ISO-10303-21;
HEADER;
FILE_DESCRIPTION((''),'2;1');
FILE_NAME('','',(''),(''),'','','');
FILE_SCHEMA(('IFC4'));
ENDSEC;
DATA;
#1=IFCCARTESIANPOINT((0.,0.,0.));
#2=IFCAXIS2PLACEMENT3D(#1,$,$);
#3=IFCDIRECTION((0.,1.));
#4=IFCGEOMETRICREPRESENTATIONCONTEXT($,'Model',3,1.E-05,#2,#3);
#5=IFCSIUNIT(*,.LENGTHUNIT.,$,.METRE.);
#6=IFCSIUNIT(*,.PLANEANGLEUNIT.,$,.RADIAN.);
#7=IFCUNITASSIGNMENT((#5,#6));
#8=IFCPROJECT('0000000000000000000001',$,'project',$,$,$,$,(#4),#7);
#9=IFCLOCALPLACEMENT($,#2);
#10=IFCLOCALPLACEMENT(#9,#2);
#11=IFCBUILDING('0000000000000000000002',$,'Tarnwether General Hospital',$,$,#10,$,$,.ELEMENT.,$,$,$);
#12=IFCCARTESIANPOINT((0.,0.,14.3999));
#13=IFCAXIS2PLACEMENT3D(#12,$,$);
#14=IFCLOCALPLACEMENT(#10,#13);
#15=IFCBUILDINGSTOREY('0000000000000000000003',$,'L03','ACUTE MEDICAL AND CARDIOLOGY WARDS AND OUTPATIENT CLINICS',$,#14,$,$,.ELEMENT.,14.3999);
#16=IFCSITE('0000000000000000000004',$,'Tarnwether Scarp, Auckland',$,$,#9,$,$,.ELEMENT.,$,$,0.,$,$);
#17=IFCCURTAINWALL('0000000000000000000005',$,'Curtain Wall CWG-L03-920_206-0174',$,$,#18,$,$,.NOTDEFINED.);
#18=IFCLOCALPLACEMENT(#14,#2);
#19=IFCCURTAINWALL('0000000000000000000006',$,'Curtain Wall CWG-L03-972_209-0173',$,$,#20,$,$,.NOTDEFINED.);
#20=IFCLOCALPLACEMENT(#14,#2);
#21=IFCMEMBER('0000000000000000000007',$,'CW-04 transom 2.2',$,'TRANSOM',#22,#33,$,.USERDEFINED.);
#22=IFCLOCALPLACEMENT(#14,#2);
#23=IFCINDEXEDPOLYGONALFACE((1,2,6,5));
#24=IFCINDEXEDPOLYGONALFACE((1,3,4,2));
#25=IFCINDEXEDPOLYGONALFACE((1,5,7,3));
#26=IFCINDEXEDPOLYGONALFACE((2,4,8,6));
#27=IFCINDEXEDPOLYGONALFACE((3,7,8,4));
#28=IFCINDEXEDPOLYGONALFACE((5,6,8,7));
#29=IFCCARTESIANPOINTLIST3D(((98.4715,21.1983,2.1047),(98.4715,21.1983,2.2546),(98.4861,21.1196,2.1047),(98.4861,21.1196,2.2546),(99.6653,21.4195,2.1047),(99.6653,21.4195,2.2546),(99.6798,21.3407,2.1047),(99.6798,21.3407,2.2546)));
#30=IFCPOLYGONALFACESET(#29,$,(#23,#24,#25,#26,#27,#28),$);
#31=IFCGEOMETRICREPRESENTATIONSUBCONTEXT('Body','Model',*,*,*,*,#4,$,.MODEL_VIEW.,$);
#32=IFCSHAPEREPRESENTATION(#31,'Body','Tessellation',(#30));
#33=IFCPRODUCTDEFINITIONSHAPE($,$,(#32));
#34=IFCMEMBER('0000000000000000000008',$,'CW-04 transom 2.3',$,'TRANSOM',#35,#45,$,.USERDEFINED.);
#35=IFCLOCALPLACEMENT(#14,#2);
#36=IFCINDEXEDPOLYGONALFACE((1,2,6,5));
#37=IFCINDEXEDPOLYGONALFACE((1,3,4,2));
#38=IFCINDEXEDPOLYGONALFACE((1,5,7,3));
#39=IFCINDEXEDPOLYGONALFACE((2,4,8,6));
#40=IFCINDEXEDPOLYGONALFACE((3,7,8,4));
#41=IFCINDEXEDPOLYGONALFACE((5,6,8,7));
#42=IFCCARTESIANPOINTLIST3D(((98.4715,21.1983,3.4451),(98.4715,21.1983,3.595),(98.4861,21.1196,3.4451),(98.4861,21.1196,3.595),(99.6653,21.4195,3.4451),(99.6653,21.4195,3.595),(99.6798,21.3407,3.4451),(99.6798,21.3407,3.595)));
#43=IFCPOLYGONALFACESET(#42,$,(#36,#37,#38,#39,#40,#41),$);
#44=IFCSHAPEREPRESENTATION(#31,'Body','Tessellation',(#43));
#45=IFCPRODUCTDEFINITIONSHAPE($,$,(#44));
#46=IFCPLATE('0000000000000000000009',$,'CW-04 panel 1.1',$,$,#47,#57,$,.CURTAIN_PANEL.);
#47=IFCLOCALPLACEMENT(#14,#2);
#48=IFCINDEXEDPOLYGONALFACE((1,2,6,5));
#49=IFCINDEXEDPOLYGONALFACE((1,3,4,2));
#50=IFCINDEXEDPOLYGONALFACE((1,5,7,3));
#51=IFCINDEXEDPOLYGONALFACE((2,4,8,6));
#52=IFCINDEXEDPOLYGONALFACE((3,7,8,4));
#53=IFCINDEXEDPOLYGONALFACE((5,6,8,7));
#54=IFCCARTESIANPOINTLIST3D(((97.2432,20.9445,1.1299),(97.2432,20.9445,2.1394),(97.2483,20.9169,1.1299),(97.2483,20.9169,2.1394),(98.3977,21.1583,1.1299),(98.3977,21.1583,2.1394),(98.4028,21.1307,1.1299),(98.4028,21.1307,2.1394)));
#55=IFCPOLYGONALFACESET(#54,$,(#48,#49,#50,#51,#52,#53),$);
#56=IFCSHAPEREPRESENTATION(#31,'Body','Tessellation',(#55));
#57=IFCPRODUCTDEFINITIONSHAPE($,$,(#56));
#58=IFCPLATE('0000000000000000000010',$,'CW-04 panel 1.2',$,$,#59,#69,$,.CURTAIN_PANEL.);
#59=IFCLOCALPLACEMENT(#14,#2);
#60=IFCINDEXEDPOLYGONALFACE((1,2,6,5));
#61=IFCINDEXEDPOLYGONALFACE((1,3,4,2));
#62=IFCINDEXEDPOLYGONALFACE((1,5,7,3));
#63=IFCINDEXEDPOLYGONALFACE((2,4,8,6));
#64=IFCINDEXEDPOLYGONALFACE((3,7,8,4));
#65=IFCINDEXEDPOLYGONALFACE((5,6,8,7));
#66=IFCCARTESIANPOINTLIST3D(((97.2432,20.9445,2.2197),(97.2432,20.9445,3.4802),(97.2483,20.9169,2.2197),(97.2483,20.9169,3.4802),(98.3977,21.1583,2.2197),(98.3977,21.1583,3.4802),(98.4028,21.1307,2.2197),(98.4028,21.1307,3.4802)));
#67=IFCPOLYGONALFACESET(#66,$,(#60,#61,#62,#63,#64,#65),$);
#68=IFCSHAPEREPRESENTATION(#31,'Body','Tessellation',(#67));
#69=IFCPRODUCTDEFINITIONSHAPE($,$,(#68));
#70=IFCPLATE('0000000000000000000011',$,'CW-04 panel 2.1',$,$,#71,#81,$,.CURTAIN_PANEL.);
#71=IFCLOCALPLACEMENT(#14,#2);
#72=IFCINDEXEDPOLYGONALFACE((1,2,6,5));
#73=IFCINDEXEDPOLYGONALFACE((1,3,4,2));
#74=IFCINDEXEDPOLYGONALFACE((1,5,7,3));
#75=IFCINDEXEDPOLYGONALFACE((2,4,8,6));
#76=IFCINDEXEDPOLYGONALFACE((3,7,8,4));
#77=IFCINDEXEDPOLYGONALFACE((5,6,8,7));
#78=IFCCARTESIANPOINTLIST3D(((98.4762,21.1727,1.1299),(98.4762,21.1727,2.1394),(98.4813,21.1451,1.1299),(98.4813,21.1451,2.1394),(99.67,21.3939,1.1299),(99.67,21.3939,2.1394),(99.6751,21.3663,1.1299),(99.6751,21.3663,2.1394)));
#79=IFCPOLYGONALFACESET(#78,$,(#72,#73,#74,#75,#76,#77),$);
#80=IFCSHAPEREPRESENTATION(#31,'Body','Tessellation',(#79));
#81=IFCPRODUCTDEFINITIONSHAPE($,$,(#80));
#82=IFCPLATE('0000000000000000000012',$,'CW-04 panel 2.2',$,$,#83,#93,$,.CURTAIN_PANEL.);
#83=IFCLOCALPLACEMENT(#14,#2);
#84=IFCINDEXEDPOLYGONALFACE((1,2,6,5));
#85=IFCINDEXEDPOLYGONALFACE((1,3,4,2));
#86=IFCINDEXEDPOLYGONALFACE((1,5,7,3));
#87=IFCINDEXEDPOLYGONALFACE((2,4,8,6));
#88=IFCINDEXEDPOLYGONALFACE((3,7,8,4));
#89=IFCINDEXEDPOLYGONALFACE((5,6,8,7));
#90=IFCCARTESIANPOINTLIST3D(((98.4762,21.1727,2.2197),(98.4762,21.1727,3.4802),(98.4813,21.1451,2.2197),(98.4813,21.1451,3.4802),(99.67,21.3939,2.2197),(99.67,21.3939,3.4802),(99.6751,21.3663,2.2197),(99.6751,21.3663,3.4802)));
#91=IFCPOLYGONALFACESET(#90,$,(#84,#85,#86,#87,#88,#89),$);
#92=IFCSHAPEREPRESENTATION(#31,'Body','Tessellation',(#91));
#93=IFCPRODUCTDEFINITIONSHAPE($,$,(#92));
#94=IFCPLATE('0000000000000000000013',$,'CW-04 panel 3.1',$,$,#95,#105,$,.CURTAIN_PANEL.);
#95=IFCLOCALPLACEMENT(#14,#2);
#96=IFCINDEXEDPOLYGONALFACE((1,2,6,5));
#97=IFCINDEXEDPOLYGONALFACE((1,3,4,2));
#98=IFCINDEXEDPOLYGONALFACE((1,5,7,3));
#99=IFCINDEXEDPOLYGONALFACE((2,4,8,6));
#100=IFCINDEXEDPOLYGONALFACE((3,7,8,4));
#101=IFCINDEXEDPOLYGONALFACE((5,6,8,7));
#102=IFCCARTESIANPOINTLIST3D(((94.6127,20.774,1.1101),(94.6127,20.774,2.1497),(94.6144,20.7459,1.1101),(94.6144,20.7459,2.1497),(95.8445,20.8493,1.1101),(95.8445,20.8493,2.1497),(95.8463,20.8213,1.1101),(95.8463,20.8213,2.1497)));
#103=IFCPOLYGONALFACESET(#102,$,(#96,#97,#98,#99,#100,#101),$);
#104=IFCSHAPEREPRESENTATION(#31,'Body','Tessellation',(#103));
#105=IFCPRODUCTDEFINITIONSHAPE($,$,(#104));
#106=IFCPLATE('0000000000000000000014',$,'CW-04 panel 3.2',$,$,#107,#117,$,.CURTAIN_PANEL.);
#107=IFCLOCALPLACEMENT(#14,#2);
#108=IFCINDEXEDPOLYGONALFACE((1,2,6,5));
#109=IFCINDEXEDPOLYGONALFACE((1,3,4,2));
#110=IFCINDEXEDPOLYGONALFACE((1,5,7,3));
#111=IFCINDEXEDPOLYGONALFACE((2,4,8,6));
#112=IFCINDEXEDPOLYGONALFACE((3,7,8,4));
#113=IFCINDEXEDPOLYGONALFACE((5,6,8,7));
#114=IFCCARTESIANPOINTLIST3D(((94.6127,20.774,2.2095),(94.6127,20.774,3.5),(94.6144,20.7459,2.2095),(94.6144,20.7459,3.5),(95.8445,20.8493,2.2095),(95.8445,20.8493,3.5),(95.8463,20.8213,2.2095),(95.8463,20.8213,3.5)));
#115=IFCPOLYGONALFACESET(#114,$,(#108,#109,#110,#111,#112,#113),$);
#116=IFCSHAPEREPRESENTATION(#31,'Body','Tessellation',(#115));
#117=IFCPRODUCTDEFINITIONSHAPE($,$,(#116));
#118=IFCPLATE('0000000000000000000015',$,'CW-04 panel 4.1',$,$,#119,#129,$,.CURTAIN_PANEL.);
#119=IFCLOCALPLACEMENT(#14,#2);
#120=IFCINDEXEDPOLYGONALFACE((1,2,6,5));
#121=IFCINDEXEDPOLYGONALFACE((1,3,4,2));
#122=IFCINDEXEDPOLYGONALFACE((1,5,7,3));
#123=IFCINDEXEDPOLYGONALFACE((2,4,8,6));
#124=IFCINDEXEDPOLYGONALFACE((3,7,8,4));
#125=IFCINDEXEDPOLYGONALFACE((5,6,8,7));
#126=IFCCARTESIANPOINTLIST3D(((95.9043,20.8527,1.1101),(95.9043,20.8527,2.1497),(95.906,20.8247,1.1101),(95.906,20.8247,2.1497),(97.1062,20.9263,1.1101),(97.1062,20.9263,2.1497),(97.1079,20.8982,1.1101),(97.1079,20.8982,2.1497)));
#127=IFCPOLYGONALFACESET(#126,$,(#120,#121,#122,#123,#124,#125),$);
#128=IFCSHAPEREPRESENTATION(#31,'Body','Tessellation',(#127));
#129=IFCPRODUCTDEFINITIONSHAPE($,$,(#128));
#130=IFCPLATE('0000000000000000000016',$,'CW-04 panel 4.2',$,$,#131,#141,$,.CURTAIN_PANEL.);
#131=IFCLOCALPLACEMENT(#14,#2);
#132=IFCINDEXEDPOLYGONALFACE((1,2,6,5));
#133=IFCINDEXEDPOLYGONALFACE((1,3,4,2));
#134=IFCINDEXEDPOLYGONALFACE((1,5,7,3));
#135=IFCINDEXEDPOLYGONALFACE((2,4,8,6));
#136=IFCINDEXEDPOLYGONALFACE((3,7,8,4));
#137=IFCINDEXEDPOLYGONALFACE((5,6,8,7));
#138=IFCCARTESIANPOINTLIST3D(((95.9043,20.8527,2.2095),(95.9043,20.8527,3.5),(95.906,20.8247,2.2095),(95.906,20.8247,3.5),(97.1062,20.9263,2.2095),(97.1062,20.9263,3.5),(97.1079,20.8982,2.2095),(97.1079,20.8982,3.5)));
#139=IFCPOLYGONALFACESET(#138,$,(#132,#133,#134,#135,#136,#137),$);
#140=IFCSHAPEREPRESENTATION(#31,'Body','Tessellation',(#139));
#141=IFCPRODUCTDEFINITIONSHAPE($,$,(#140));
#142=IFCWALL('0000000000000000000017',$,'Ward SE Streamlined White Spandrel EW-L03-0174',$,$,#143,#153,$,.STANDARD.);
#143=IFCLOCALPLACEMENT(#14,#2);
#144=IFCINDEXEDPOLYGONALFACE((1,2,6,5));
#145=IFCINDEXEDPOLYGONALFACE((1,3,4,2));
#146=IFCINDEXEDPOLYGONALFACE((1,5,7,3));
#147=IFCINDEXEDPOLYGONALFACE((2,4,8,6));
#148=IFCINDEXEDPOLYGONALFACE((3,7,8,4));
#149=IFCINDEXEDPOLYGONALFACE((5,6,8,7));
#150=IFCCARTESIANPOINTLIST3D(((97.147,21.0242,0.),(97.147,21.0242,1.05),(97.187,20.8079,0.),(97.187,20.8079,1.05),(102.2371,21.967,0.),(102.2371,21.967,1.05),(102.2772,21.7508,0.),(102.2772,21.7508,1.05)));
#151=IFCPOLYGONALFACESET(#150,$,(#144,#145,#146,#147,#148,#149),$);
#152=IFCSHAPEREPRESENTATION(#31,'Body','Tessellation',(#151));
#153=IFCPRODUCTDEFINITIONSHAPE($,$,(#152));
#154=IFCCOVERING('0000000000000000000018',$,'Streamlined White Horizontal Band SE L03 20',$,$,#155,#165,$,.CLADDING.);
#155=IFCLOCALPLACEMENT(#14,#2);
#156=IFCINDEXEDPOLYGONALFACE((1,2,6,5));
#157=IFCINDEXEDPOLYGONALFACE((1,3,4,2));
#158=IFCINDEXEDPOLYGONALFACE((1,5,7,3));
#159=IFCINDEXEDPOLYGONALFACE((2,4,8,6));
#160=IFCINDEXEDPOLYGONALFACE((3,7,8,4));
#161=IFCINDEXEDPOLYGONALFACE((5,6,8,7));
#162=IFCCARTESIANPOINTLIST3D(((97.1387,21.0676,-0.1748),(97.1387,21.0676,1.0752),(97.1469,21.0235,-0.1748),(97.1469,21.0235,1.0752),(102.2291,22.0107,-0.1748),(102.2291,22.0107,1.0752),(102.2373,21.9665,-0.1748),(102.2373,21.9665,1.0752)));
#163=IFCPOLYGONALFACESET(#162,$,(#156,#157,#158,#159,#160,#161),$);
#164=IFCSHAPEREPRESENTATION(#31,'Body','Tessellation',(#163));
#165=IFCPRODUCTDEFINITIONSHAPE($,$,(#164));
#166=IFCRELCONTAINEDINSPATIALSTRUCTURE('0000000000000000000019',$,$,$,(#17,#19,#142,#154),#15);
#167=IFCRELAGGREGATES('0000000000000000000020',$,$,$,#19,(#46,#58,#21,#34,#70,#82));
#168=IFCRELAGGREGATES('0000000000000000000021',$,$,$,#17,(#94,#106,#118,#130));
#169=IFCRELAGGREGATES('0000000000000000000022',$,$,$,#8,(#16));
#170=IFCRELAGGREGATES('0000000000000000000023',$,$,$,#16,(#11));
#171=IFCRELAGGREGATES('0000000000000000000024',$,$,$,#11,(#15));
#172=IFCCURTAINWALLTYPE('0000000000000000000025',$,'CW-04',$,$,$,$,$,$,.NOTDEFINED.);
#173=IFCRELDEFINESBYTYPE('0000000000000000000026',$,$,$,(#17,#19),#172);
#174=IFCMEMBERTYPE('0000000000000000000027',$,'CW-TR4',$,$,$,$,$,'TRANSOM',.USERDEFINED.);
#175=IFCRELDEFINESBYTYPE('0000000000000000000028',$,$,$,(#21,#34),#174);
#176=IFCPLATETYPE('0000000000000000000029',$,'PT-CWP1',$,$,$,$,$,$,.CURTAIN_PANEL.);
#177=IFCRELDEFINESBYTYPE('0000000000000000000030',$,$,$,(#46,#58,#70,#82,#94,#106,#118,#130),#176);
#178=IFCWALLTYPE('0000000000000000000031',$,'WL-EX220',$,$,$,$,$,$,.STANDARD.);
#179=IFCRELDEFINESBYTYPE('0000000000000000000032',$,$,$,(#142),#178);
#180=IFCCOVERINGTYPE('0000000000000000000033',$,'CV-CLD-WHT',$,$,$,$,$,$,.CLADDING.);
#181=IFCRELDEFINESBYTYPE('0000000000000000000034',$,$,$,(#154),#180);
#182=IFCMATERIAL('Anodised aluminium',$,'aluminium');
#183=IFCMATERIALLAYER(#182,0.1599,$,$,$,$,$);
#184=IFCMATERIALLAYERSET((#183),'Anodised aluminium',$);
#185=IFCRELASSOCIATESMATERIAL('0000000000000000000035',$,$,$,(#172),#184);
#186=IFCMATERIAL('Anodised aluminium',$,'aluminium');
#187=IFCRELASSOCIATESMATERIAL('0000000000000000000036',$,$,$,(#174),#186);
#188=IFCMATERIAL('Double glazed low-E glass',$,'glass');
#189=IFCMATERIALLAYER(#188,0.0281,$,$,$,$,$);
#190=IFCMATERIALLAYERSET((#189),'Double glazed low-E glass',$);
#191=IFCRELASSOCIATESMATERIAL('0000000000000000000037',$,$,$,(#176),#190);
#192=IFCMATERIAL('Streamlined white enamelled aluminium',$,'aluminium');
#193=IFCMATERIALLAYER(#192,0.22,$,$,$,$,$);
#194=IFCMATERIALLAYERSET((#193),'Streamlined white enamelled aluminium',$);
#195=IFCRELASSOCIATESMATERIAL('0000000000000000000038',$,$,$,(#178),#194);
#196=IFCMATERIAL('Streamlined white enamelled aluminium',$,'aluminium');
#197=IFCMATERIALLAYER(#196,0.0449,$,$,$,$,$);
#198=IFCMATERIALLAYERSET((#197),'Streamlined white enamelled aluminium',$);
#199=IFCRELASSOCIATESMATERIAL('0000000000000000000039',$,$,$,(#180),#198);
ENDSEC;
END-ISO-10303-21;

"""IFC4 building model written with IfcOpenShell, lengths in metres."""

from ifc_helpers import new_model, si_unit, direction, frame, frame_2d, origin, origin_2d, place, context, subcontext, project, spatial, rectangle, extrude, material, layer, layer_set, material_profile, profile_set, type_object, element, aggregate, save


model = new_model("IFC4")

# Units and contexts
model_context = context("Model", 3, precision=1e-05, world=origin(), true_north=direction((0.0, 1.0)))
body_context = subcontext(model_context, "Body", "Model", "MODEL_VIEW")
ifc_project = project(units=[si_unit("LENGTHUNIT", "METRE"), si_unit("PLANEANGLEUNIT", "RADIAN")], contexts=[model_context])

# Site, building, storey
site_placement = place(None, origin())
site = spatial("IfcSite", under=ifc_project, at=site_placement, Name="Tarnwether Scarp, Auckland", CompositionType="ELEMENT", RefElevation=0.0)
building_placement = place(site_placement, origin())
building = spatial("IfcBuilding", under=site, at=building_placement, Name="Tarnwether General Hospital", CompositionType="ELEMENT")
storey_placement = place(building_placement, frame((0.0, 0.0, 14.3999)))
storey = spatial("IfcBuildingStorey", under=building, at=storey_placement, Name="L03", Description="ACUTE MEDICAL AND CARDIOLOGY WARDS AND OUTPATIENT CLINICS", CompositionType="ELEMENT", Elevation=14.3999)

# Curtain walls
ifc_material_1 = material(Name="Anodised aluminium", Category="aluminium")
ifc_layer_1 = layer(ifc_material_1, 0.1599)
ifc_layer_set_1 = layer_set([ifc_layer_1], Name="Anodised aluminium")
curtain_wall_type = type_object("IfcCurtainWallType", Name="CW-04", PredefinedType="NOTDEFINED", material=ifc_layer_set_1)
curtain_wall_1_placement = place(storey_placement, origin())
curtain_wall_1 = element("IfcCurtainWall", 1, at=curtain_wall_1_placement, inside=storey, type_object=curtain_wall_type, Name="Curtain Wall CWG-L03-920_206-0174", PredefinedType="NOTDEFINED")
curtain_wall_2_placement = place(storey_placement, origin())
curtain_wall_2 = element("IfcCurtainWall", 2, at=curtain_wall_2_placement, inside=storey, type_object=curtain_wall_type, Name="Curtain Wall CWG-L03-972_209-0173", PredefinedType="NOTDEFINED")

# Members
ifc_material_2 = material(Name="Anodised aluminium", Category="aluminium")
ifc_material_profile_1 = material_profile(ifc_material_2, rectangle(XDim=0.0801, YDim=0.1499, at=origin_2d()), Name="ALU-TRN-80x150")
ifc_profile_set_1 = profile_set([ifc_material_profile_1], Name="Anodised aluminium")
member_type_1 = type_object("IfcMemberType", Name="CW-TR4", ElementType="TRANSOM", PredefinedType="USERDEFINED", material=ifc_profile_set_1)
member_1_placement = place(storey_placement, frame((98.4788, 21.1589, 2.1797), z_axis=(0.983266, 0.182176, 0.0), x_axis=(-0.182176, 0.983266, 0.0)))
member_1 = element("IfcMember", 3, at=member_1_placement, type_object=member_type_1, Name="CW-04 transom 2.2", ObjectType="TRANSOM", PredefinedType="USERDEFINED", context=body_context, shape_type="SweptSolid", body=[
    extrude(rectangle(XDim=0.0801, YDim=0.1499, at=origin_2d()), origin(), (0.0, 0.0, 1.0), 1.2141),
])
member_2_placement = place(storey_placement, frame((98.4788, 21.1589, 3.52), z_axis=(0.983266, 0.182176, 0.0), x_axis=(-0.182176, 0.983266, 0.0)))
member_2 = element("IfcMember", 4, at=member_2_placement, type_object=member_type_1, Name="CW-04 transom 2.3", ObjectType="TRANSOM", PredefinedType="USERDEFINED", context=body_context, shape_type="SweptSolid", body=[
    extrude(rectangle(XDim=0.0801, YDim=0.1499, at=origin_2d()), origin(), (0.0, 0.0, 1.0), 1.2141),
])

# Plates
ifc_material_3 = material(Name="Double glazed low-E glass", Category="glass")
ifc_layer_2 = layer(ifc_material_3, 0.0281)
ifc_layer_set_2 = layer_set([ifc_layer_2], Name="Double glazed low-E glass")
plate_type = type_object("IfcPlateType", Name="PT-CWP1", PredefinedType="CURTAIN_PANEL", material=ifc_layer_set_2)
plate_1_placement = place(storey_placement, frame((97.823, 21.0376, 1.1299), z_axis=(0.0, 0.0, 1.0), x_axis=(0.983268, 0.182165, 0.0)))
plate_1 = element("IfcPlate", 5, at=plate_1_placement, type_object=plate_type, Name="CW-04 panel 1.1", PredefinedType="CURTAIN_PANEL", context=body_context, shape_type="SweptSolid", body=[
    extrude(rectangle(XDim=1.1741, YDim=0.0281, at=origin_2d()), origin(), (0.0, 0.0, 1.0), 1.0095),
])
plate_2_placement = place(storey_placement, frame((97.823, 21.0376, 2.2197), z_axis=(0.0, 0.0, 1.0), x_axis=(0.983268, 0.182165, 0.0)))
plate_2 = element("IfcPlate", 6, at=plate_2_placement, type_object=plate_type, Name="CW-04 panel 1.2", PredefinedType="CURTAIN_PANEL", context=body_context, shape_type="SweptSolid", body=[
    extrude(rectangle(XDim=1.1741, YDim=0.0281, at=origin_2d()), origin(), (0.0, 0.0, 1.0), 1.2605),
])
plate_3_placement = place(storey_placement, frame((99.0757, 21.2695, 1.1299), z_axis=(0.0, 0.0, 1.0), x_axis=(0.983268, 0.182165, 0.0)))
plate_3 = element("IfcPlate", 7, at=plate_3_placement, type_object=plate_type, Name="CW-04 panel 2.1", PredefinedType="CURTAIN_PANEL", context=body_context, shape_type="SweptSolid", body=[
    extrude(rectangle(XDim=1.2141, YDim=0.0281, at=origin_2d()), origin(), (0.0, 0.0, 1.0), 1.0095),
])
plate_4_placement = place(storey_placement, frame((99.0757, 21.2695, 2.2197), z_axis=(0.0, 0.0, 1.0), x_axis=(0.983268, 0.182165, 0.0)))
plate_4 = element("IfcPlate", 8, at=plate_4_placement, type_object=plate_type, Name="CW-04 panel 2.2", PredefinedType="CURTAIN_PANEL", context=body_context, shape_type="SweptSolid", body=[
    extrude(rectangle(XDim=1.2141, YDim=0.0281, at=origin_2d()), origin(), (0.0, 0.0, 1.0), 1.2605),
])
aggregate(curtain_wall_2, [plate_1, plate_2, member_1, member_2, plate_3, plate_4])
plate_5_placement = place(storey_placement, frame((95.2295, 20.7976, 1.1101), z_axis=(0.0, 0.0, 1.0), x_axis=(0.998135, 0.061043, 0.0)))
plate_5 = element("IfcPlate", 9, at=plate_5_placement, type_object=plate_type, Name="CW-04 panel 3.1", PredefinedType="CURTAIN_PANEL", context=body_context, shape_type="SweptSolid", body=[
    extrude(rectangle(XDim=1.2341, YDim=0.0281, at=origin_2d()), origin(), (0.0, 0.0, 1.0), 1.0396),
])
plate_6_placement = place(storey_placement, frame((95.2295, 20.7976, 2.2095), z_axis=(0.0, 0.0, 1.0), x_axis=(0.998135, 0.061043, 0.0)))
plate_6 = element("IfcPlate", 10, at=plate_6_placement, type_object=plate_type, Name="CW-04 panel 3.2", PredefinedType="CURTAIN_PANEL", context=body_context, shape_type="SweptSolid", body=[
    extrude(rectangle(XDim=1.2341, YDim=0.0281, at=origin_2d()), origin(), (0.0, 0.0, 1.0), 1.2905),
])
plate_7_placement = place(storey_placement, frame((96.5061, 20.8755, 1.1101), z_axis=(0.0, 0.0, 1.0), x_axis=(0.998135, 0.061043, 0.0)))
plate_7 = element("IfcPlate", 11, at=plate_7_placement, type_object=plate_type, Name="CW-04 panel 4.1", PredefinedType="CURTAIN_PANEL", context=body_context, shape_type="SweptSolid", body=[
    extrude(rectangle(XDim=1.2041, YDim=0.0281, at=origin_2d()), origin(), (0.0, 0.0, 1.0), 1.0396),
])
plate_8_placement = place(storey_placement, frame((96.5061, 20.8755, 2.2095), z_axis=(0.0, 0.0, 1.0), x_axis=(0.998135, 0.061043, 0.0)))
plate_8 = element("IfcPlate", 12, at=plate_8_placement, type_object=plate_type, Name="CW-04 panel 4.2", PredefinedType="CURTAIN_PANEL", context=body_context, shape_type="SweptSolid", body=[
    extrude(rectangle(XDim=1.2041, YDim=0.0281, at=origin_2d()), origin(), (0.0, 0.0, 1.0), 1.2905),
])
aggregate(curtain_wall_1, [plate_5, plate_6, plate_7, plate_8])

# Wall
ifc_material_4 = material(Name="Streamlined white enamelled aluminium", Category="aluminium")
ifc_layer_3 = layer(ifc_material_4, 0.22)
ifc_layer_set_3 = layer_set([ifc_layer_3], Name="Streamlined white enamelled aluminium")
wall_type = type_object("IfcWallType", Name="WL-EX220", PredefinedType="STANDARD", material=ifc_layer_set_3)
wall_placement = place(storey_placement, frame((97.167, 20.916, 0.0), z_axis=(0.0, 0.0, 1.0), x_axis=(0.983273, 0.182138, 0.0)))
element("IfcWall", 13, at=wall_placement, inside=storey, type_object=wall_type, Name="Ward SE Streamlined White Spandrel EW-L03-0174", PredefinedType="STANDARD", context=body_context, shape_type="SweptSolid", body=[
    extrude(rectangle(XDim=5.1768, YDim=0.22, at=frame_2d((2.5884, 0.0))), origin(), (0.0, 0.0, 1.0), 1.05),
])

# Covering
ifc_material_5 = material(Name="Streamlined white enamelled aluminium", Category="aluminium")
ifc_layer_4 = layer(ifc_material_5, 0.0449)
ifc_layer_set_4 = layer_set([ifc_layer_4], Name="Streamlined white enamelled aluminium")
covering_type = type_object("IfcCoveringType", Name="CV-CLD-WHT", PredefinedType="CLADDING", material=ifc_layer_set_4)
covering_placement = place(storey_placement, frame((99.688, 21.5171, -0.1748), z_axis=(0.0, 0.0, 1.0), x_axis=(0.983268, 0.182167, 0.0)))
element("IfcCovering", 14, at=covering_placement, inside=storey, type_object=covering_type, Name="Streamlined White Horizontal Band SE L03 20", PredefinedType="CLADDING", context=body_context, shape_type="SweptSolid", body=[
    extrude(rectangle(XDim=5.177, YDim=0.0449, at=origin_2d()), origin(), (0.0, 0.0, 1.0), 1.25),
])

save(model, "model.ifc")
